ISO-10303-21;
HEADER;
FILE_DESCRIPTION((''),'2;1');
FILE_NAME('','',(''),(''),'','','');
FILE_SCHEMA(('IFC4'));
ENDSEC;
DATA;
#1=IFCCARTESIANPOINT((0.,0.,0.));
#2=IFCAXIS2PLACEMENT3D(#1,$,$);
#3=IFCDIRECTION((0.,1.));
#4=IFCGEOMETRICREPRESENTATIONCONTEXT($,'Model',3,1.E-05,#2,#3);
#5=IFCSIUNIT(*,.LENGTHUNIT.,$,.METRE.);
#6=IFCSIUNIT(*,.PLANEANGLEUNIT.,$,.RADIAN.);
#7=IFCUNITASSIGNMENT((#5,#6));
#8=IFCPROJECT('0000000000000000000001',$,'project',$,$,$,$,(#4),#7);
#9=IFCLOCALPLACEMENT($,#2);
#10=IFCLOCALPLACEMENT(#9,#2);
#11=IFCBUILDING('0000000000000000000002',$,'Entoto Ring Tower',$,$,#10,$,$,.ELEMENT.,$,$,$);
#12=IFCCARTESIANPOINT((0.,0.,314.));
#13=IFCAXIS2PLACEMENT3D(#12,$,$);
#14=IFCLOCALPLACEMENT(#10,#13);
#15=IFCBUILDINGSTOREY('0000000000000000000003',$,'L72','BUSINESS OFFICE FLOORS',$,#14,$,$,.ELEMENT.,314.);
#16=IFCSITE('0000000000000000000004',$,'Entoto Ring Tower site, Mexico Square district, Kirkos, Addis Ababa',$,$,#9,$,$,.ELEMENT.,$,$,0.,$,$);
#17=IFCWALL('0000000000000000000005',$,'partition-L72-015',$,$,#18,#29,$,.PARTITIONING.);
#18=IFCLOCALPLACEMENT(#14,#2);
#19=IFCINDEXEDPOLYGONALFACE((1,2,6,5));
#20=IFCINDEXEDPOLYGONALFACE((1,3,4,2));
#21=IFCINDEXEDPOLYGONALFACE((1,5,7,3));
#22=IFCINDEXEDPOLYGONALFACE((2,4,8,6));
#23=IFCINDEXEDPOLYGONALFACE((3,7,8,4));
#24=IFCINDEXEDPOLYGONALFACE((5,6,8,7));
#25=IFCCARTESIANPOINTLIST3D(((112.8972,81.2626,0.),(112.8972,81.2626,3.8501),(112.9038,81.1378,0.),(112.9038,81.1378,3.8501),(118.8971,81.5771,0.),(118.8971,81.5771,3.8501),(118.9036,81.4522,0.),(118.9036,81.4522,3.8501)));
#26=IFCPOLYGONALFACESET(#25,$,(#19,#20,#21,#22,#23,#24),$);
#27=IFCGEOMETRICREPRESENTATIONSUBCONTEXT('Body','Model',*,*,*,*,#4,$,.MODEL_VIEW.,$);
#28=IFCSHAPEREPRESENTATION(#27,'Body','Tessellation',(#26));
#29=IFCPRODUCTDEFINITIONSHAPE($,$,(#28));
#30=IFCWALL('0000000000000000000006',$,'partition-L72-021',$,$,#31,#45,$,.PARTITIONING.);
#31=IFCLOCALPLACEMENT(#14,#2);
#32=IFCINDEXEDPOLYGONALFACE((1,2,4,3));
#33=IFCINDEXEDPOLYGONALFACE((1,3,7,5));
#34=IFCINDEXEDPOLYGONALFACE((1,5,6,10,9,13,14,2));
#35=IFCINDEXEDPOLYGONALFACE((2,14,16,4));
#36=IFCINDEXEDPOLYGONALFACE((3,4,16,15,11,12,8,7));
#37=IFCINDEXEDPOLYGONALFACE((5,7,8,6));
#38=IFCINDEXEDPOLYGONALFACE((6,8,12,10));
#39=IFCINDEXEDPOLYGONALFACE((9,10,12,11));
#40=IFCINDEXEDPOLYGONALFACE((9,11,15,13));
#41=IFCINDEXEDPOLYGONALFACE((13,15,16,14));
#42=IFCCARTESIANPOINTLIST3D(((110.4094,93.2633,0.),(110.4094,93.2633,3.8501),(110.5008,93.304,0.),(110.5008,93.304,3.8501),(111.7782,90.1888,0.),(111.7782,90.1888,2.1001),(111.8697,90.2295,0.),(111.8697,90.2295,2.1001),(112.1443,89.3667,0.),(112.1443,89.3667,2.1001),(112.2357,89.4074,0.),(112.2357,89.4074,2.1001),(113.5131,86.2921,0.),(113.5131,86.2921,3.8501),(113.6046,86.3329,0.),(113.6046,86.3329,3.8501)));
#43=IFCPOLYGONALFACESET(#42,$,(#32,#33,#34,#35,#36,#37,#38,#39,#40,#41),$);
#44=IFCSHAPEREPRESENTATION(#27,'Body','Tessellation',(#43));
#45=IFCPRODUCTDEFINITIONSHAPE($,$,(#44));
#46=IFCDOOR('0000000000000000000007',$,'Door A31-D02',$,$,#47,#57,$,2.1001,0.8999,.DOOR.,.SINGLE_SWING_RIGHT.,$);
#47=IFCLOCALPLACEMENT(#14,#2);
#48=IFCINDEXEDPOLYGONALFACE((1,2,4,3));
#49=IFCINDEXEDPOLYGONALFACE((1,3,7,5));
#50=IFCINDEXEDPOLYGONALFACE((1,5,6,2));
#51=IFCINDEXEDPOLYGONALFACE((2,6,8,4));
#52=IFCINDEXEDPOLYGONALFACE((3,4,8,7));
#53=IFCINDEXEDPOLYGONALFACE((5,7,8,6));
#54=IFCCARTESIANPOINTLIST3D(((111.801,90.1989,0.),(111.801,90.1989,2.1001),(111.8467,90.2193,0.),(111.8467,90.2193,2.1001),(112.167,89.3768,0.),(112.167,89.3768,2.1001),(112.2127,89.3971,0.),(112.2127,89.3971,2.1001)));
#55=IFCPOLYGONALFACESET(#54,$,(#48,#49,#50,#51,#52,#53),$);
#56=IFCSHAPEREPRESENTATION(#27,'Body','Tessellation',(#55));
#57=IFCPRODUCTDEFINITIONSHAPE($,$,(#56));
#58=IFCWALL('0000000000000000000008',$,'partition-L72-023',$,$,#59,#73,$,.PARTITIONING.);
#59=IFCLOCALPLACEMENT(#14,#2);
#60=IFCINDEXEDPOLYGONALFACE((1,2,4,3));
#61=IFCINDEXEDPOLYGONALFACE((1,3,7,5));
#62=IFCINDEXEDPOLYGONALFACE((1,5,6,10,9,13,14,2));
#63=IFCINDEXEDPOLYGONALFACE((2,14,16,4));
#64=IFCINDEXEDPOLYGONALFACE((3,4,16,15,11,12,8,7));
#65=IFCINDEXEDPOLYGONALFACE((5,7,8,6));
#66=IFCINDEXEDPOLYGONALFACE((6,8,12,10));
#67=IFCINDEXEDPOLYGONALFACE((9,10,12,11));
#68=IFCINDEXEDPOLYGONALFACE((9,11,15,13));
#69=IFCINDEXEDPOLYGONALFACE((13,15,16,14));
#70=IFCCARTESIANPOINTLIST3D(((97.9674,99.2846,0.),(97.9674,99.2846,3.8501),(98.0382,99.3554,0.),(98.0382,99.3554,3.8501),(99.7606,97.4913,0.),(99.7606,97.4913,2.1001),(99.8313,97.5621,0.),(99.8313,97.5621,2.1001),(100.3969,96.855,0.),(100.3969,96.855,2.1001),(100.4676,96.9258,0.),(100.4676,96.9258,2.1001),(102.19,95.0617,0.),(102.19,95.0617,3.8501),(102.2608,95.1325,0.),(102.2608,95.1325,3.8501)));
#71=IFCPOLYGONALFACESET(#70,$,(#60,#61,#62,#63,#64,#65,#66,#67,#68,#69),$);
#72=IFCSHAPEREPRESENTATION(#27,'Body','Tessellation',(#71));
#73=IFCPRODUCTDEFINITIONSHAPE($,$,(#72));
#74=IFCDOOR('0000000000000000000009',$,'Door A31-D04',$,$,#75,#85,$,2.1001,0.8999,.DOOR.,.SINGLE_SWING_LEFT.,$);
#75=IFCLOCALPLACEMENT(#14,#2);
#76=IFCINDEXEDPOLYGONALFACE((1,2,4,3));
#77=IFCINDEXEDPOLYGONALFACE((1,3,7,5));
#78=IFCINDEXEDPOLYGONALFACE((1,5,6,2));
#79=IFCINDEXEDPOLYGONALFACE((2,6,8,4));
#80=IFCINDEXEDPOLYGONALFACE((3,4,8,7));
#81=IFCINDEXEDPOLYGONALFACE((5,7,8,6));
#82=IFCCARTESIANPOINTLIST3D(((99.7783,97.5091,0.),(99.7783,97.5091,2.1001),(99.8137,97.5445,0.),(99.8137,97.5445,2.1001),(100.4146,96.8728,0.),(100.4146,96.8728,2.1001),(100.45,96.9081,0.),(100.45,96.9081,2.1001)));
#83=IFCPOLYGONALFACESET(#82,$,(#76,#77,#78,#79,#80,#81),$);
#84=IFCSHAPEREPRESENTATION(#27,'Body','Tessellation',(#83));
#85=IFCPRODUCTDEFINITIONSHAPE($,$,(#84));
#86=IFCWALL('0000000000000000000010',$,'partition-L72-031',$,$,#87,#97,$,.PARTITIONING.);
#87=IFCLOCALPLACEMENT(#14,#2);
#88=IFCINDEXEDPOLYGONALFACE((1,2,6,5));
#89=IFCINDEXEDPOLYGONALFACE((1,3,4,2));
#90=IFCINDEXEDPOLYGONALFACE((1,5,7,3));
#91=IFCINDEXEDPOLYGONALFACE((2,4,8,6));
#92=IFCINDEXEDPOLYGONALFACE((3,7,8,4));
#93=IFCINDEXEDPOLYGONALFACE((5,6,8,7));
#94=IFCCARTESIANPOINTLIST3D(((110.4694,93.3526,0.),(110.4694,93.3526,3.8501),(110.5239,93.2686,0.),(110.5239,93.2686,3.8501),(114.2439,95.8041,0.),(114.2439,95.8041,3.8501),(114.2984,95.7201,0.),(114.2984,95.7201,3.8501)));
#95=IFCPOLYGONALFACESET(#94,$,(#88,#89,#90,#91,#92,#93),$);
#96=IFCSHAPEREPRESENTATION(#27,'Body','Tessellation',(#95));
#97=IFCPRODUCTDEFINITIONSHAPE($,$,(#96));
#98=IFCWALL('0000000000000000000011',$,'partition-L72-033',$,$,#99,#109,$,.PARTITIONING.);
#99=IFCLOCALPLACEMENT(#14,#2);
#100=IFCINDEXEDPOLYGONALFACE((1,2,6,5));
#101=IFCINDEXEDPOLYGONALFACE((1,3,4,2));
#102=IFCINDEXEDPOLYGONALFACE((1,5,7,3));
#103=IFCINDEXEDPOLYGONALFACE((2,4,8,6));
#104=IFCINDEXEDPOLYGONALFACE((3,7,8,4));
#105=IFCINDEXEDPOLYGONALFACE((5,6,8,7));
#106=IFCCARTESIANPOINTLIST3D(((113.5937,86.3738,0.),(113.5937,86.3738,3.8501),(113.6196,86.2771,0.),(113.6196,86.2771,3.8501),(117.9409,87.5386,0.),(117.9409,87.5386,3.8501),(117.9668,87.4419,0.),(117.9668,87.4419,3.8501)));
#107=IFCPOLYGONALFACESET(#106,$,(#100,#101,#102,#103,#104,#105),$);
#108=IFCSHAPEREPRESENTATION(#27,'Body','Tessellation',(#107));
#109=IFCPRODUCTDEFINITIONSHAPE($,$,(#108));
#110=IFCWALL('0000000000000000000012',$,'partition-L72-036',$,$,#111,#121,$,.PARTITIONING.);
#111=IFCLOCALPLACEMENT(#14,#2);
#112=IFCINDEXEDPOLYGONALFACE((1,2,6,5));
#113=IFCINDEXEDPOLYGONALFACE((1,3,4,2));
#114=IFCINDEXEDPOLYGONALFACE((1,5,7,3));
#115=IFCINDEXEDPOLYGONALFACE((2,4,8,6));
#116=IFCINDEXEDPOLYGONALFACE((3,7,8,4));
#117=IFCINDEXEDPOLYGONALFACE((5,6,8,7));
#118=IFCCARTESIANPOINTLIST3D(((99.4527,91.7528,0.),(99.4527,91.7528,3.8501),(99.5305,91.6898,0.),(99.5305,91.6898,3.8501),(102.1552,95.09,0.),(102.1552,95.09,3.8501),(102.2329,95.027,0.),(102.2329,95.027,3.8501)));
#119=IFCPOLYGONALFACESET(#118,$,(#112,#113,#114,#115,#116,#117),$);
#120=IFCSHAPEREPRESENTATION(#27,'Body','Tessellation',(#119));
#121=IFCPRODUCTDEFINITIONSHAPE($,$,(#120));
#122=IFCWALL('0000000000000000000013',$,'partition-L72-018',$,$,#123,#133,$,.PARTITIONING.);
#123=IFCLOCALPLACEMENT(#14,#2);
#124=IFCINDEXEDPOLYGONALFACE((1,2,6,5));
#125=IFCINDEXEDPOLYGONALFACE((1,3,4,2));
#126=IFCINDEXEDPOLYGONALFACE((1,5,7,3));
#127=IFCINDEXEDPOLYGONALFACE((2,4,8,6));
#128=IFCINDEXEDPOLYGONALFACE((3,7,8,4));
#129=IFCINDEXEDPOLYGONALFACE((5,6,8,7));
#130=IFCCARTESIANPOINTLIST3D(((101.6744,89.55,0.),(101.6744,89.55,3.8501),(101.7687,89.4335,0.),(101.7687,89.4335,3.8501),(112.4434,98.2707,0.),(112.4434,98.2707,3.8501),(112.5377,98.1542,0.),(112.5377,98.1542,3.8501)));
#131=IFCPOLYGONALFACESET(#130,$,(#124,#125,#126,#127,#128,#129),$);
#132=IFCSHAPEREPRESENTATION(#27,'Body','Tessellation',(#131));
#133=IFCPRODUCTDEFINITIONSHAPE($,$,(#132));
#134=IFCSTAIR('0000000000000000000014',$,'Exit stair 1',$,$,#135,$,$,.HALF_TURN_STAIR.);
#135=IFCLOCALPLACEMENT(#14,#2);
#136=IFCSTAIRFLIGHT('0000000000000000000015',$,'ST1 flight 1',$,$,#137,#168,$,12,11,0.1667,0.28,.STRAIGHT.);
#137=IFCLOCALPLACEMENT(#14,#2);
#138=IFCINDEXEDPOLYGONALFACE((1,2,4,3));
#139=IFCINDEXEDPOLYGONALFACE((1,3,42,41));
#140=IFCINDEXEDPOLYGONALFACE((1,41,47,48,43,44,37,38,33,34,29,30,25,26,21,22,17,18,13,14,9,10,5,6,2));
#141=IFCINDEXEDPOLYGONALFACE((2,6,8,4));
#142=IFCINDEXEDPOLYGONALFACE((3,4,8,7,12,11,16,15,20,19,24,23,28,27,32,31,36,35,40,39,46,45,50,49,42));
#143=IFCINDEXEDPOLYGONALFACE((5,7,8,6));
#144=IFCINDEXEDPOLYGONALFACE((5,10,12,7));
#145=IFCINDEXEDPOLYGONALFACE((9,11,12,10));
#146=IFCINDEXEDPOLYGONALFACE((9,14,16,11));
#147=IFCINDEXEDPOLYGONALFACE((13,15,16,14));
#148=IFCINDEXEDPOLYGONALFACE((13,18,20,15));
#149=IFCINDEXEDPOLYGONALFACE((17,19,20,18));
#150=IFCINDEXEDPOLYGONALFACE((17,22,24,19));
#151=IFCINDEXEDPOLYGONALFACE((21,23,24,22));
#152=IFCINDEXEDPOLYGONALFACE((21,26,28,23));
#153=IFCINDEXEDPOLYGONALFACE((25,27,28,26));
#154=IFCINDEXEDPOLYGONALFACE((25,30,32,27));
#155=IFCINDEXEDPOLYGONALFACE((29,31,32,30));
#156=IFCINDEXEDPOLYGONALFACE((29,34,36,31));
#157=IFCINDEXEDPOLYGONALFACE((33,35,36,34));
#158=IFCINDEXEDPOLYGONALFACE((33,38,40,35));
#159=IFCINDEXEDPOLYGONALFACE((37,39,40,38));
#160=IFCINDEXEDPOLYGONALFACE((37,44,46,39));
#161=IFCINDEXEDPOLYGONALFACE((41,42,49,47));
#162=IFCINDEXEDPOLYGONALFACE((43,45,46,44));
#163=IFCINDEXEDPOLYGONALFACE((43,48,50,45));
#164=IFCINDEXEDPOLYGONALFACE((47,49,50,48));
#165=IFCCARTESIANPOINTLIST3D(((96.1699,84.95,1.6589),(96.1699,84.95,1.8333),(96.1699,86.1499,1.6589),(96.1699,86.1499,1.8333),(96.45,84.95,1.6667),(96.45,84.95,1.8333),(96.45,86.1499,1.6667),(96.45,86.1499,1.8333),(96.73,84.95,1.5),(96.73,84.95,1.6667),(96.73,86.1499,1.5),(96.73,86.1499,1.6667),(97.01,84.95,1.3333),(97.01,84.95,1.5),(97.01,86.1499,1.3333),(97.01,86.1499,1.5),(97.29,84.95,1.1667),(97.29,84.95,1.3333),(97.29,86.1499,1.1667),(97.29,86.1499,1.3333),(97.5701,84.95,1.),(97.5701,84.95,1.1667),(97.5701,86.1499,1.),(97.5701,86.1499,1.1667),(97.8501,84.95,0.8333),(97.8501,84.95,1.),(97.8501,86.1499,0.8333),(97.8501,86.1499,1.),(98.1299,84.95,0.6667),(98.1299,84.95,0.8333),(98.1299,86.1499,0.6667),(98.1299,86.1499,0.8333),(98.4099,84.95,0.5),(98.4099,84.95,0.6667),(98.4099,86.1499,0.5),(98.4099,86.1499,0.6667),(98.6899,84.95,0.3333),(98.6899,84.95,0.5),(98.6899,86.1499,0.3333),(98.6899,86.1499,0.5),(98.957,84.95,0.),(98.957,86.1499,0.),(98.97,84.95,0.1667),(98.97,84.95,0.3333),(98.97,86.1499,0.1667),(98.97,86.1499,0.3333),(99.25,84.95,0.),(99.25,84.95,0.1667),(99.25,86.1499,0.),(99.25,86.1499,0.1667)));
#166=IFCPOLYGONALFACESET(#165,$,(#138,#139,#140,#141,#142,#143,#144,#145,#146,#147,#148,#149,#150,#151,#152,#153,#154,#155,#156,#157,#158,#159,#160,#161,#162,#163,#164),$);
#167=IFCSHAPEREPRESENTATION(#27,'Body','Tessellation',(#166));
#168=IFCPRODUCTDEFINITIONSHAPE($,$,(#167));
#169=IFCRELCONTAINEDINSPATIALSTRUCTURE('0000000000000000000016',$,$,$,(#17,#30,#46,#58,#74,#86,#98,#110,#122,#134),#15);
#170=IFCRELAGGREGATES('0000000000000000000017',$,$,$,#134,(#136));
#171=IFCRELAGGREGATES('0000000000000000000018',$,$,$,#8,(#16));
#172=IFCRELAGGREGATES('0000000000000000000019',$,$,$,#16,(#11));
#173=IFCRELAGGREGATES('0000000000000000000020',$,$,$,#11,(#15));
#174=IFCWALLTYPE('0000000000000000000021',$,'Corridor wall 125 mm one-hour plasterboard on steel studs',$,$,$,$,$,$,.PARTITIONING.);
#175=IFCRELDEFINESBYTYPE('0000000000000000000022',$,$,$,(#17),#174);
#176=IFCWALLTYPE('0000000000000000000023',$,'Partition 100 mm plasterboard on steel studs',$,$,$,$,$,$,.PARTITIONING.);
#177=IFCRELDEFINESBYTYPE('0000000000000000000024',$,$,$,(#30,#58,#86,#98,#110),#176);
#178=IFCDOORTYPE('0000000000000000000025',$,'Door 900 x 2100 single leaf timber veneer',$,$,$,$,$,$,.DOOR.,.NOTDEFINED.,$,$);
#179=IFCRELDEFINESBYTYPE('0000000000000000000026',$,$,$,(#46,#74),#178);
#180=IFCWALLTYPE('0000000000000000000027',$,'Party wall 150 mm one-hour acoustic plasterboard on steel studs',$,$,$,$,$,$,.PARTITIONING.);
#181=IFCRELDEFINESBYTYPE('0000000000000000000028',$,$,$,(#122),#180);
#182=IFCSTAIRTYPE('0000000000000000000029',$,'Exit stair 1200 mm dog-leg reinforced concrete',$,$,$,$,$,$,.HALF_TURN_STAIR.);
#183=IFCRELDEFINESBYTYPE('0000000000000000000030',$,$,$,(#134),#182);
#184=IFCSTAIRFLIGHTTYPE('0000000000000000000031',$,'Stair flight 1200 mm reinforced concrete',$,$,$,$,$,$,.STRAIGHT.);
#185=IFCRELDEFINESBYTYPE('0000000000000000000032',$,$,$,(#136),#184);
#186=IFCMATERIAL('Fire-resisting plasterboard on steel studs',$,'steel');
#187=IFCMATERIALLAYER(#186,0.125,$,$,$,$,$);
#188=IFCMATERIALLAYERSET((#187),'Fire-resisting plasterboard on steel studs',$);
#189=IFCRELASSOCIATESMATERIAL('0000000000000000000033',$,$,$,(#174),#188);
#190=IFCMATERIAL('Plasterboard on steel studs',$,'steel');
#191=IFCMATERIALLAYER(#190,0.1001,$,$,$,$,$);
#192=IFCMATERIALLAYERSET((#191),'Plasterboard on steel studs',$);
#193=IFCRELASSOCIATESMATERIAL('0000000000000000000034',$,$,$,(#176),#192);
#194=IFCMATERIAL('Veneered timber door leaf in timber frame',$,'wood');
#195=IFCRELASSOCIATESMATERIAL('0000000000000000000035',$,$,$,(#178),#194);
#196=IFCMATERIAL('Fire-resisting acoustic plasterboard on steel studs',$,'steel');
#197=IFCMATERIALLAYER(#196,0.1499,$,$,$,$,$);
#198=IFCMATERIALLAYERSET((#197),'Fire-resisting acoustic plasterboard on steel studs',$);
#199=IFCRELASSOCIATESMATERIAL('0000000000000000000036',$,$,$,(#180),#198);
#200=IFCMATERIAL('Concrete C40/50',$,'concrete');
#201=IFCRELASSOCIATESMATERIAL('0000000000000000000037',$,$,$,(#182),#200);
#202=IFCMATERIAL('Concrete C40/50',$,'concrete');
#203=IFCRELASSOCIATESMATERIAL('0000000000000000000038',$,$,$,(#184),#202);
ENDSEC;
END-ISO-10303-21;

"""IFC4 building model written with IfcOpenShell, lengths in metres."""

from ifc_helpers import new_model, si_unit, direction, frame, frame_2d, origin, place, context, subcontext, project, spatial, polyline, rectangle, outline, extrude, material, layer, layer_set, type_object, element, fill, aggregate, save


model = new_model("IFC4")

# Units and contexts
model_context = context("Model", 3, precision=1e-05, world=origin(), true_north=direction((0.0, 1.0)))
body_context = subcontext(model_context, "Body", "Model", "MODEL_VIEW")
ifc_project = project(units=[si_unit("LENGTHUNIT", "METRE"), si_unit("PLANEANGLEUNIT", "RADIAN")], contexts=[model_context])

# Site, building, storey
site_placement = place(None, origin())
site = spatial("IfcSite", under=ifc_project, at=site_placement, Name="Entoto Ring Tower site, Mexico Square district, Kirkos, Addis Ababa", CompositionType="ELEMENT", RefElevation=0.0)
building_placement = place(site_placement, origin())
building = spatial("IfcBuilding", under=site, at=building_placement, Name="Entoto Ring Tower", CompositionType="ELEMENT")
storey_placement = place(building_placement, frame((0.0, 0.0, 314.0)))
storey = spatial("IfcBuildingStorey", under=building, at=storey_placement, Name="L72", Description="BUSINESS OFFICE FLOORS", CompositionType="ELEMENT", Elevation=314.0)

# Shared definitions
ifc_material_1 = material(Name="Fire-resisting plasterboard on steel studs", Category="steel")
ifc_layer_1 = layer(ifc_material_1, 0.125)
ifc_layer_set_1 = layer_set([ifc_layer_1], Name="Fire-resisting plasterboard on steel studs")
wall_type_1 = type_object("IfcWallType", Name="Corridor wall 125 mm one-hour plasterboard on steel studs", PredefinedType="PARTITIONING", material=ifc_layer_set_1)

# Wall
wall_1_placement = place(storey_placement, frame((112.9006, 81.2002, 0.0), z_axis=(0.0, 0.0, 1.0), x_axis=(0.998629, 0.052339, 0.0)))
element("IfcWall", 1, at=wall_1_placement, inside=storey, type_object=wall_type_1, Name="partition-L72-015", PredefinedType="PARTITIONING", context=body_context, shape_type="SweptSolid", body=[
    extrude(rectangle(XDim=6.0081, YDim=0.125, at=frame_2d((3.0039, 0.0))), origin(), (0.0, 0.0, 1.0), 3.8501),
])

# Walls, openings, doors
ifc_material_2 = material(Name="Plasterboard on steel studs", Category="steel")
ifc_layer_2 = layer(ifc_material_2, 0.1001)
ifc_layer_set_2 = layer_set([ifc_layer_2], Name="Plasterboard on steel studs")
wall_type_2 = type_object("IfcWallType", Name="Partition 100 mm plasterboard on steel studs", PredefinedType="PARTITIONING", material=ifc_layer_set_2)
wall_2_placement = place(storey_placement, frame((113.5588, 86.3125, 0.0), z_axis=(0.0, 0.0, 1.0), x_axis=(-0.406735, 0.913546, 0.0)))
wall_2 = element("IfcWall", 2, at=wall_2_placement, inside=storey, type_object=wall_type_2, Name="partition-L72-021", PredefinedType="PARTITIONING", context=body_context, shape_type="SweptSolid", body=[
    extrude(rectangle(XDim=7.6309, YDim=0.1001, at=frame_2d((3.8154, 0.0))), origin(), (0.0, 0.0, 1.0), 3.8501),
])
opening_1_placement = place(wall_2_placement, frame((3.3655, 0.0, 0.0)))
opening_1 = element("IfcOpeningElement", 3, at=opening_1_placement, cuts=wall_2, PredefinedType="OPENING", context=body_context, shape_type="SweptSolid", body=[
    extrude(rectangle(XDim=0.8999, YDim=2.1001, at=frame_2d((0.45, 1.05))), frame((0.0, 0.0601, 0.0), z_axis=(0.0, -1.0, 0.0), x_axis=(1.0, 0.0, 0.0)), (0.0, 0.0, 1.0), 0.1201),
])
ifc_material_3 = material(Name="Veneered timber door leaf in timber frame", Category="wood")
door_type_1 = type_object("IfcDoorType", Name="Door 900 x 2100 single leaf timber veneer", OperationType="NOTDEFINED", PredefinedType="DOOR", material=ifc_material_3)
door_1_placement = place(opening_1_placement, frame((0.8999, 0.0, 0.0), z_axis=(0.0, 0.0, 1.0), x_axis=(-1.0, 0.0, 0.0)))
door_1 = element("IfcDoor", 4, at=door_1_placement, inside=storey, type_object=door_type_1, Name="Door A31-D02", OperationType="SINGLE_SWING_RIGHT", OverallHeight=2.1001, OverallWidth=0.8999, PredefinedType="DOOR", context=body_context, shape_type="SweptSolid", body=[
    extrude(rectangle(XDim=0.8999, YDim=2.1001, at=frame_2d((0.45, 1.05))), frame((0.0, 0.0249, 0.0), z_axis=(0.0, -1.0, 0.0), x_axis=(1.0, 0.0, 0.0)), (0.0, 0.0, 1.0), 0.05),
])
fill(opening_1, door_1)
wall_3_placement = place(storey_placement, frame((102.2253, 95.0972, 0.0), z_axis=(0.0, 0.0, 1.0), x_axis=(-0.707086, 0.707127, 0.0)))
wall_3 = element("IfcWall", 5, at=wall_3_placement, inside=storey, type_object=wall_type_2, Name="partition-L72-023", PredefinedType="PARTITIONING", context=body_context, shape_type="SweptSolid", body=[
    extrude(rectangle(XDim=5.9719, YDim=0.1001, at=frame_2d((2.9858, 0.0))), origin(), (0.0, 0.0, 1.0), 3.8501),
])
opening_2_placement = place(wall_3_placement, frame((2.5359, 0.0, 0.0)))
opening_2 = element("IfcOpeningElement", 6, at=opening_2_placement, cuts=wall_3, PredefinedType="OPENING", context=body_context, shape_type="SweptSolid", body=[
    extrude(rectangle(XDim=0.8999, YDim=2.1001, at=frame_2d((0.45, 1.05))), frame((0.0, 0.0601, 0.0), z_axis=(0.0, -1.0, 0.0), x_axis=(1.0, 0.0, 0.0)), (0.0, 0.0, 1.0), 0.1201),
])
door_2_placement = place(opening_2_placement, origin())
door_2 = element("IfcDoor", 7, at=door_2_placement, inside=storey, type_object=door_type_1, Name="Door A31-D04", OperationType="SINGLE_SWING_LEFT", OverallHeight=2.1001, OverallWidth=0.8999, PredefinedType="DOOR", context=body_context, shape_type="SweptSolid", body=[
    extrude(rectangle(XDim=0.8999, YDim=2.1001, at=frame_2d((0.45, 1.05))), frame((0.0, 0.0249, 0.0), z_axis=(0.0, -1.0, 0.0), x_axis=(1.0, 0.0, 0.0)), (0.0, 0.0, 1.0), 0.05),
])
fill(opening_2, door_2)

# Walls
wall_4_placement = place(storey_placement, frame((110.4966, 93.3105, 0.0), z_axis=(0.0, 0.0, 1.0), x_axis=(0.838642, 0.544683, 0.0)))
element("IfcWall", 8, at=wall_4_placement, inside=storey, type_object=wall_type_2, Name="partition-L72-031", PredefinedType="PARTITIONING", context=body_context, shape_type="SweptSolid", body=[
    extrude(rectangle(XDim=4.5007, YDim=0.1001, at=frame_2d((2.2505, 0.0))), origin(), (0.0, 0.0, 1.0), 3.8501),
])
wall_5_placement = place(storey_placement, frame((113.6067, 86.3254, 0.0), z_axis=(0.0, 0.0, 1.0), x_axis=(0.965927, 0.258814, 0.0)))
element("IfcWall", 9, at=wall_5_placement, inside=storey, type_object=wall_type_2, Name="partition-L72-033", PredefinedType="PARTITIONING", context=body_context, shape_type="SweptSolid", body=[
    extrude(rectangle(XDim=4.5005, YDim=0.1001, at=frame_2d((2.2502, 0.0))), origin(), (0.0, 0.0, 1.0), 3.8501),
])
wall_6_placement = place(storey_placement, frame((99.4917, 91.7214, 0.0), z_axis=(0.0, 0.0, 1.0), x_axis=(0.629323, 0.777144, 0.0)))
element("IfcWall", 10, at=wall_6_placement, inside=storey, type_object=wall_type_2, Name="partition-L72-036", PredefinedType="PARTITIONING", context=body_context, shape_type="SweptSolid", body=[
    extrude(rectangle(XDim=4.2942, YDim=0.1001, at=frame_2d((2.147, 0.0))), origin(), (0.0, 0.0, 1.0), 3.8501),
])
ifc_material_4 = material(Name="Fire-resisting acoustic plasterboard on steel studs", Category="steel")
ifc_layer_3 = layer(ifc_material_4, 0.1499)
ifc_layer_set_3 = layer_set([ifc_layer_3], Name="Fire-resisting acoustic plasterboard on steel studs")
wall_type_3 = type_object("IfcWallType", Name="Party wall 150 mm one-hour acoustic plasterboard on steel studs", PredefinedType="PARTITIONING", material=ifc_layer_set_3)
wall_7_placement = place(storey_placement, frame((101.7214, 89.4917, 0.0), z_axis=(0.0, 0.0, 1.0), x_axis=(0.777142, 0.629325, 0.0)))
element("IfcWall", 11, at=wall_7_placement, inside=storey, type_object=wall_type_3, Name="partition-L72-018", PredefinedType="PARTITIONING", context=body_context, shape_type="SweptSolid", body=[
    extrude(rectangle(XDim=13.8572, YDim=0.1499, at=frame_2d((6.9287, 0.0))), origin(), (0.0, 0.0, 1.0), 3.8501),
])

# Stair, stair flight
ifc_material_5 = material(Name="Concrete C40/50", Category="concrete")
stair_type = type_object("IfcStairType", Name="Exit stair 1200 mm dog-leg reinforced concrete", PredefinedType="HALF_TURN_STAIR", material=ifc_material_5)
stair_placement = place(storey_placement, origin())
stair = element("IfcStair", 12, at=stair_placement, inside=storey, type_object=stair_type, Name="Exit stair 1", PredefinedType="HALF_TURN_STAIR")
ifc_material_6 = material(Name="Concrete C40/50", Category="concrete")
stair_flight_type = type_object("IfcStairFlightType", Name="Stair flight 1200 mm reinforced concrete", PredefinedType="STRAIGHT", material=ifc_material_6)
stair_flight_placement = place(storey_placement, frame((99.25, 85.55, 0.0), z_axis=(0.0, 0.0, 1.0), x_axis=(-1.0, 0.0, 0.0)))
stair_flight = element("IfcStairFlight", 13, at=stair_flight_placement, type_object=stair_flight_type, Name="ST1 flight 1", NumberOfRisers=12, NumberOfTreads=11, PredefinedType="STRAIGHT", RiserHeight=0.1667, TreadLength=0.28, context=body_context, shape_type="SweptSolid", body=[
    extrude(outline(polyline([(0.0, 0.0), (0.0, 0.1667), (0.28, 0.1667), (0.28, 0.3333), (0.5601, 0.3333), (0.5601, 0.5), (0.8401, 0.5), (0.8401, 0.6667), (1.1201, 0.6667), (1.1201, 0.8333), (1.3999, 0.8333), (1.3999, 1.0), (1.6799, 1.0), (1.6799, 1.1667), (1.96, 1.1667), (1.96, 1.3333), (2.24, 1.3333), (2.24, 1.5), (2.52, 1.5), (2.52, 1.6667), (2.8, 1.6667), (2.8, 1.8333), (3.0801, 1.8333), (3.0801, 2.0), (3.0801, 1.6589), (0.293, 0.0), (0.0, 0.0)])), frame((0.0, 0.6001, 0.0), z_axis=(0.0, -1.0, 0.0), x_axis=(1.0, 0.0, 0.0)), (0.0, 0.0, 1.0), 1.2),
])
aggregate(stair, [stair_flight])

save(model, "model.ifc")
